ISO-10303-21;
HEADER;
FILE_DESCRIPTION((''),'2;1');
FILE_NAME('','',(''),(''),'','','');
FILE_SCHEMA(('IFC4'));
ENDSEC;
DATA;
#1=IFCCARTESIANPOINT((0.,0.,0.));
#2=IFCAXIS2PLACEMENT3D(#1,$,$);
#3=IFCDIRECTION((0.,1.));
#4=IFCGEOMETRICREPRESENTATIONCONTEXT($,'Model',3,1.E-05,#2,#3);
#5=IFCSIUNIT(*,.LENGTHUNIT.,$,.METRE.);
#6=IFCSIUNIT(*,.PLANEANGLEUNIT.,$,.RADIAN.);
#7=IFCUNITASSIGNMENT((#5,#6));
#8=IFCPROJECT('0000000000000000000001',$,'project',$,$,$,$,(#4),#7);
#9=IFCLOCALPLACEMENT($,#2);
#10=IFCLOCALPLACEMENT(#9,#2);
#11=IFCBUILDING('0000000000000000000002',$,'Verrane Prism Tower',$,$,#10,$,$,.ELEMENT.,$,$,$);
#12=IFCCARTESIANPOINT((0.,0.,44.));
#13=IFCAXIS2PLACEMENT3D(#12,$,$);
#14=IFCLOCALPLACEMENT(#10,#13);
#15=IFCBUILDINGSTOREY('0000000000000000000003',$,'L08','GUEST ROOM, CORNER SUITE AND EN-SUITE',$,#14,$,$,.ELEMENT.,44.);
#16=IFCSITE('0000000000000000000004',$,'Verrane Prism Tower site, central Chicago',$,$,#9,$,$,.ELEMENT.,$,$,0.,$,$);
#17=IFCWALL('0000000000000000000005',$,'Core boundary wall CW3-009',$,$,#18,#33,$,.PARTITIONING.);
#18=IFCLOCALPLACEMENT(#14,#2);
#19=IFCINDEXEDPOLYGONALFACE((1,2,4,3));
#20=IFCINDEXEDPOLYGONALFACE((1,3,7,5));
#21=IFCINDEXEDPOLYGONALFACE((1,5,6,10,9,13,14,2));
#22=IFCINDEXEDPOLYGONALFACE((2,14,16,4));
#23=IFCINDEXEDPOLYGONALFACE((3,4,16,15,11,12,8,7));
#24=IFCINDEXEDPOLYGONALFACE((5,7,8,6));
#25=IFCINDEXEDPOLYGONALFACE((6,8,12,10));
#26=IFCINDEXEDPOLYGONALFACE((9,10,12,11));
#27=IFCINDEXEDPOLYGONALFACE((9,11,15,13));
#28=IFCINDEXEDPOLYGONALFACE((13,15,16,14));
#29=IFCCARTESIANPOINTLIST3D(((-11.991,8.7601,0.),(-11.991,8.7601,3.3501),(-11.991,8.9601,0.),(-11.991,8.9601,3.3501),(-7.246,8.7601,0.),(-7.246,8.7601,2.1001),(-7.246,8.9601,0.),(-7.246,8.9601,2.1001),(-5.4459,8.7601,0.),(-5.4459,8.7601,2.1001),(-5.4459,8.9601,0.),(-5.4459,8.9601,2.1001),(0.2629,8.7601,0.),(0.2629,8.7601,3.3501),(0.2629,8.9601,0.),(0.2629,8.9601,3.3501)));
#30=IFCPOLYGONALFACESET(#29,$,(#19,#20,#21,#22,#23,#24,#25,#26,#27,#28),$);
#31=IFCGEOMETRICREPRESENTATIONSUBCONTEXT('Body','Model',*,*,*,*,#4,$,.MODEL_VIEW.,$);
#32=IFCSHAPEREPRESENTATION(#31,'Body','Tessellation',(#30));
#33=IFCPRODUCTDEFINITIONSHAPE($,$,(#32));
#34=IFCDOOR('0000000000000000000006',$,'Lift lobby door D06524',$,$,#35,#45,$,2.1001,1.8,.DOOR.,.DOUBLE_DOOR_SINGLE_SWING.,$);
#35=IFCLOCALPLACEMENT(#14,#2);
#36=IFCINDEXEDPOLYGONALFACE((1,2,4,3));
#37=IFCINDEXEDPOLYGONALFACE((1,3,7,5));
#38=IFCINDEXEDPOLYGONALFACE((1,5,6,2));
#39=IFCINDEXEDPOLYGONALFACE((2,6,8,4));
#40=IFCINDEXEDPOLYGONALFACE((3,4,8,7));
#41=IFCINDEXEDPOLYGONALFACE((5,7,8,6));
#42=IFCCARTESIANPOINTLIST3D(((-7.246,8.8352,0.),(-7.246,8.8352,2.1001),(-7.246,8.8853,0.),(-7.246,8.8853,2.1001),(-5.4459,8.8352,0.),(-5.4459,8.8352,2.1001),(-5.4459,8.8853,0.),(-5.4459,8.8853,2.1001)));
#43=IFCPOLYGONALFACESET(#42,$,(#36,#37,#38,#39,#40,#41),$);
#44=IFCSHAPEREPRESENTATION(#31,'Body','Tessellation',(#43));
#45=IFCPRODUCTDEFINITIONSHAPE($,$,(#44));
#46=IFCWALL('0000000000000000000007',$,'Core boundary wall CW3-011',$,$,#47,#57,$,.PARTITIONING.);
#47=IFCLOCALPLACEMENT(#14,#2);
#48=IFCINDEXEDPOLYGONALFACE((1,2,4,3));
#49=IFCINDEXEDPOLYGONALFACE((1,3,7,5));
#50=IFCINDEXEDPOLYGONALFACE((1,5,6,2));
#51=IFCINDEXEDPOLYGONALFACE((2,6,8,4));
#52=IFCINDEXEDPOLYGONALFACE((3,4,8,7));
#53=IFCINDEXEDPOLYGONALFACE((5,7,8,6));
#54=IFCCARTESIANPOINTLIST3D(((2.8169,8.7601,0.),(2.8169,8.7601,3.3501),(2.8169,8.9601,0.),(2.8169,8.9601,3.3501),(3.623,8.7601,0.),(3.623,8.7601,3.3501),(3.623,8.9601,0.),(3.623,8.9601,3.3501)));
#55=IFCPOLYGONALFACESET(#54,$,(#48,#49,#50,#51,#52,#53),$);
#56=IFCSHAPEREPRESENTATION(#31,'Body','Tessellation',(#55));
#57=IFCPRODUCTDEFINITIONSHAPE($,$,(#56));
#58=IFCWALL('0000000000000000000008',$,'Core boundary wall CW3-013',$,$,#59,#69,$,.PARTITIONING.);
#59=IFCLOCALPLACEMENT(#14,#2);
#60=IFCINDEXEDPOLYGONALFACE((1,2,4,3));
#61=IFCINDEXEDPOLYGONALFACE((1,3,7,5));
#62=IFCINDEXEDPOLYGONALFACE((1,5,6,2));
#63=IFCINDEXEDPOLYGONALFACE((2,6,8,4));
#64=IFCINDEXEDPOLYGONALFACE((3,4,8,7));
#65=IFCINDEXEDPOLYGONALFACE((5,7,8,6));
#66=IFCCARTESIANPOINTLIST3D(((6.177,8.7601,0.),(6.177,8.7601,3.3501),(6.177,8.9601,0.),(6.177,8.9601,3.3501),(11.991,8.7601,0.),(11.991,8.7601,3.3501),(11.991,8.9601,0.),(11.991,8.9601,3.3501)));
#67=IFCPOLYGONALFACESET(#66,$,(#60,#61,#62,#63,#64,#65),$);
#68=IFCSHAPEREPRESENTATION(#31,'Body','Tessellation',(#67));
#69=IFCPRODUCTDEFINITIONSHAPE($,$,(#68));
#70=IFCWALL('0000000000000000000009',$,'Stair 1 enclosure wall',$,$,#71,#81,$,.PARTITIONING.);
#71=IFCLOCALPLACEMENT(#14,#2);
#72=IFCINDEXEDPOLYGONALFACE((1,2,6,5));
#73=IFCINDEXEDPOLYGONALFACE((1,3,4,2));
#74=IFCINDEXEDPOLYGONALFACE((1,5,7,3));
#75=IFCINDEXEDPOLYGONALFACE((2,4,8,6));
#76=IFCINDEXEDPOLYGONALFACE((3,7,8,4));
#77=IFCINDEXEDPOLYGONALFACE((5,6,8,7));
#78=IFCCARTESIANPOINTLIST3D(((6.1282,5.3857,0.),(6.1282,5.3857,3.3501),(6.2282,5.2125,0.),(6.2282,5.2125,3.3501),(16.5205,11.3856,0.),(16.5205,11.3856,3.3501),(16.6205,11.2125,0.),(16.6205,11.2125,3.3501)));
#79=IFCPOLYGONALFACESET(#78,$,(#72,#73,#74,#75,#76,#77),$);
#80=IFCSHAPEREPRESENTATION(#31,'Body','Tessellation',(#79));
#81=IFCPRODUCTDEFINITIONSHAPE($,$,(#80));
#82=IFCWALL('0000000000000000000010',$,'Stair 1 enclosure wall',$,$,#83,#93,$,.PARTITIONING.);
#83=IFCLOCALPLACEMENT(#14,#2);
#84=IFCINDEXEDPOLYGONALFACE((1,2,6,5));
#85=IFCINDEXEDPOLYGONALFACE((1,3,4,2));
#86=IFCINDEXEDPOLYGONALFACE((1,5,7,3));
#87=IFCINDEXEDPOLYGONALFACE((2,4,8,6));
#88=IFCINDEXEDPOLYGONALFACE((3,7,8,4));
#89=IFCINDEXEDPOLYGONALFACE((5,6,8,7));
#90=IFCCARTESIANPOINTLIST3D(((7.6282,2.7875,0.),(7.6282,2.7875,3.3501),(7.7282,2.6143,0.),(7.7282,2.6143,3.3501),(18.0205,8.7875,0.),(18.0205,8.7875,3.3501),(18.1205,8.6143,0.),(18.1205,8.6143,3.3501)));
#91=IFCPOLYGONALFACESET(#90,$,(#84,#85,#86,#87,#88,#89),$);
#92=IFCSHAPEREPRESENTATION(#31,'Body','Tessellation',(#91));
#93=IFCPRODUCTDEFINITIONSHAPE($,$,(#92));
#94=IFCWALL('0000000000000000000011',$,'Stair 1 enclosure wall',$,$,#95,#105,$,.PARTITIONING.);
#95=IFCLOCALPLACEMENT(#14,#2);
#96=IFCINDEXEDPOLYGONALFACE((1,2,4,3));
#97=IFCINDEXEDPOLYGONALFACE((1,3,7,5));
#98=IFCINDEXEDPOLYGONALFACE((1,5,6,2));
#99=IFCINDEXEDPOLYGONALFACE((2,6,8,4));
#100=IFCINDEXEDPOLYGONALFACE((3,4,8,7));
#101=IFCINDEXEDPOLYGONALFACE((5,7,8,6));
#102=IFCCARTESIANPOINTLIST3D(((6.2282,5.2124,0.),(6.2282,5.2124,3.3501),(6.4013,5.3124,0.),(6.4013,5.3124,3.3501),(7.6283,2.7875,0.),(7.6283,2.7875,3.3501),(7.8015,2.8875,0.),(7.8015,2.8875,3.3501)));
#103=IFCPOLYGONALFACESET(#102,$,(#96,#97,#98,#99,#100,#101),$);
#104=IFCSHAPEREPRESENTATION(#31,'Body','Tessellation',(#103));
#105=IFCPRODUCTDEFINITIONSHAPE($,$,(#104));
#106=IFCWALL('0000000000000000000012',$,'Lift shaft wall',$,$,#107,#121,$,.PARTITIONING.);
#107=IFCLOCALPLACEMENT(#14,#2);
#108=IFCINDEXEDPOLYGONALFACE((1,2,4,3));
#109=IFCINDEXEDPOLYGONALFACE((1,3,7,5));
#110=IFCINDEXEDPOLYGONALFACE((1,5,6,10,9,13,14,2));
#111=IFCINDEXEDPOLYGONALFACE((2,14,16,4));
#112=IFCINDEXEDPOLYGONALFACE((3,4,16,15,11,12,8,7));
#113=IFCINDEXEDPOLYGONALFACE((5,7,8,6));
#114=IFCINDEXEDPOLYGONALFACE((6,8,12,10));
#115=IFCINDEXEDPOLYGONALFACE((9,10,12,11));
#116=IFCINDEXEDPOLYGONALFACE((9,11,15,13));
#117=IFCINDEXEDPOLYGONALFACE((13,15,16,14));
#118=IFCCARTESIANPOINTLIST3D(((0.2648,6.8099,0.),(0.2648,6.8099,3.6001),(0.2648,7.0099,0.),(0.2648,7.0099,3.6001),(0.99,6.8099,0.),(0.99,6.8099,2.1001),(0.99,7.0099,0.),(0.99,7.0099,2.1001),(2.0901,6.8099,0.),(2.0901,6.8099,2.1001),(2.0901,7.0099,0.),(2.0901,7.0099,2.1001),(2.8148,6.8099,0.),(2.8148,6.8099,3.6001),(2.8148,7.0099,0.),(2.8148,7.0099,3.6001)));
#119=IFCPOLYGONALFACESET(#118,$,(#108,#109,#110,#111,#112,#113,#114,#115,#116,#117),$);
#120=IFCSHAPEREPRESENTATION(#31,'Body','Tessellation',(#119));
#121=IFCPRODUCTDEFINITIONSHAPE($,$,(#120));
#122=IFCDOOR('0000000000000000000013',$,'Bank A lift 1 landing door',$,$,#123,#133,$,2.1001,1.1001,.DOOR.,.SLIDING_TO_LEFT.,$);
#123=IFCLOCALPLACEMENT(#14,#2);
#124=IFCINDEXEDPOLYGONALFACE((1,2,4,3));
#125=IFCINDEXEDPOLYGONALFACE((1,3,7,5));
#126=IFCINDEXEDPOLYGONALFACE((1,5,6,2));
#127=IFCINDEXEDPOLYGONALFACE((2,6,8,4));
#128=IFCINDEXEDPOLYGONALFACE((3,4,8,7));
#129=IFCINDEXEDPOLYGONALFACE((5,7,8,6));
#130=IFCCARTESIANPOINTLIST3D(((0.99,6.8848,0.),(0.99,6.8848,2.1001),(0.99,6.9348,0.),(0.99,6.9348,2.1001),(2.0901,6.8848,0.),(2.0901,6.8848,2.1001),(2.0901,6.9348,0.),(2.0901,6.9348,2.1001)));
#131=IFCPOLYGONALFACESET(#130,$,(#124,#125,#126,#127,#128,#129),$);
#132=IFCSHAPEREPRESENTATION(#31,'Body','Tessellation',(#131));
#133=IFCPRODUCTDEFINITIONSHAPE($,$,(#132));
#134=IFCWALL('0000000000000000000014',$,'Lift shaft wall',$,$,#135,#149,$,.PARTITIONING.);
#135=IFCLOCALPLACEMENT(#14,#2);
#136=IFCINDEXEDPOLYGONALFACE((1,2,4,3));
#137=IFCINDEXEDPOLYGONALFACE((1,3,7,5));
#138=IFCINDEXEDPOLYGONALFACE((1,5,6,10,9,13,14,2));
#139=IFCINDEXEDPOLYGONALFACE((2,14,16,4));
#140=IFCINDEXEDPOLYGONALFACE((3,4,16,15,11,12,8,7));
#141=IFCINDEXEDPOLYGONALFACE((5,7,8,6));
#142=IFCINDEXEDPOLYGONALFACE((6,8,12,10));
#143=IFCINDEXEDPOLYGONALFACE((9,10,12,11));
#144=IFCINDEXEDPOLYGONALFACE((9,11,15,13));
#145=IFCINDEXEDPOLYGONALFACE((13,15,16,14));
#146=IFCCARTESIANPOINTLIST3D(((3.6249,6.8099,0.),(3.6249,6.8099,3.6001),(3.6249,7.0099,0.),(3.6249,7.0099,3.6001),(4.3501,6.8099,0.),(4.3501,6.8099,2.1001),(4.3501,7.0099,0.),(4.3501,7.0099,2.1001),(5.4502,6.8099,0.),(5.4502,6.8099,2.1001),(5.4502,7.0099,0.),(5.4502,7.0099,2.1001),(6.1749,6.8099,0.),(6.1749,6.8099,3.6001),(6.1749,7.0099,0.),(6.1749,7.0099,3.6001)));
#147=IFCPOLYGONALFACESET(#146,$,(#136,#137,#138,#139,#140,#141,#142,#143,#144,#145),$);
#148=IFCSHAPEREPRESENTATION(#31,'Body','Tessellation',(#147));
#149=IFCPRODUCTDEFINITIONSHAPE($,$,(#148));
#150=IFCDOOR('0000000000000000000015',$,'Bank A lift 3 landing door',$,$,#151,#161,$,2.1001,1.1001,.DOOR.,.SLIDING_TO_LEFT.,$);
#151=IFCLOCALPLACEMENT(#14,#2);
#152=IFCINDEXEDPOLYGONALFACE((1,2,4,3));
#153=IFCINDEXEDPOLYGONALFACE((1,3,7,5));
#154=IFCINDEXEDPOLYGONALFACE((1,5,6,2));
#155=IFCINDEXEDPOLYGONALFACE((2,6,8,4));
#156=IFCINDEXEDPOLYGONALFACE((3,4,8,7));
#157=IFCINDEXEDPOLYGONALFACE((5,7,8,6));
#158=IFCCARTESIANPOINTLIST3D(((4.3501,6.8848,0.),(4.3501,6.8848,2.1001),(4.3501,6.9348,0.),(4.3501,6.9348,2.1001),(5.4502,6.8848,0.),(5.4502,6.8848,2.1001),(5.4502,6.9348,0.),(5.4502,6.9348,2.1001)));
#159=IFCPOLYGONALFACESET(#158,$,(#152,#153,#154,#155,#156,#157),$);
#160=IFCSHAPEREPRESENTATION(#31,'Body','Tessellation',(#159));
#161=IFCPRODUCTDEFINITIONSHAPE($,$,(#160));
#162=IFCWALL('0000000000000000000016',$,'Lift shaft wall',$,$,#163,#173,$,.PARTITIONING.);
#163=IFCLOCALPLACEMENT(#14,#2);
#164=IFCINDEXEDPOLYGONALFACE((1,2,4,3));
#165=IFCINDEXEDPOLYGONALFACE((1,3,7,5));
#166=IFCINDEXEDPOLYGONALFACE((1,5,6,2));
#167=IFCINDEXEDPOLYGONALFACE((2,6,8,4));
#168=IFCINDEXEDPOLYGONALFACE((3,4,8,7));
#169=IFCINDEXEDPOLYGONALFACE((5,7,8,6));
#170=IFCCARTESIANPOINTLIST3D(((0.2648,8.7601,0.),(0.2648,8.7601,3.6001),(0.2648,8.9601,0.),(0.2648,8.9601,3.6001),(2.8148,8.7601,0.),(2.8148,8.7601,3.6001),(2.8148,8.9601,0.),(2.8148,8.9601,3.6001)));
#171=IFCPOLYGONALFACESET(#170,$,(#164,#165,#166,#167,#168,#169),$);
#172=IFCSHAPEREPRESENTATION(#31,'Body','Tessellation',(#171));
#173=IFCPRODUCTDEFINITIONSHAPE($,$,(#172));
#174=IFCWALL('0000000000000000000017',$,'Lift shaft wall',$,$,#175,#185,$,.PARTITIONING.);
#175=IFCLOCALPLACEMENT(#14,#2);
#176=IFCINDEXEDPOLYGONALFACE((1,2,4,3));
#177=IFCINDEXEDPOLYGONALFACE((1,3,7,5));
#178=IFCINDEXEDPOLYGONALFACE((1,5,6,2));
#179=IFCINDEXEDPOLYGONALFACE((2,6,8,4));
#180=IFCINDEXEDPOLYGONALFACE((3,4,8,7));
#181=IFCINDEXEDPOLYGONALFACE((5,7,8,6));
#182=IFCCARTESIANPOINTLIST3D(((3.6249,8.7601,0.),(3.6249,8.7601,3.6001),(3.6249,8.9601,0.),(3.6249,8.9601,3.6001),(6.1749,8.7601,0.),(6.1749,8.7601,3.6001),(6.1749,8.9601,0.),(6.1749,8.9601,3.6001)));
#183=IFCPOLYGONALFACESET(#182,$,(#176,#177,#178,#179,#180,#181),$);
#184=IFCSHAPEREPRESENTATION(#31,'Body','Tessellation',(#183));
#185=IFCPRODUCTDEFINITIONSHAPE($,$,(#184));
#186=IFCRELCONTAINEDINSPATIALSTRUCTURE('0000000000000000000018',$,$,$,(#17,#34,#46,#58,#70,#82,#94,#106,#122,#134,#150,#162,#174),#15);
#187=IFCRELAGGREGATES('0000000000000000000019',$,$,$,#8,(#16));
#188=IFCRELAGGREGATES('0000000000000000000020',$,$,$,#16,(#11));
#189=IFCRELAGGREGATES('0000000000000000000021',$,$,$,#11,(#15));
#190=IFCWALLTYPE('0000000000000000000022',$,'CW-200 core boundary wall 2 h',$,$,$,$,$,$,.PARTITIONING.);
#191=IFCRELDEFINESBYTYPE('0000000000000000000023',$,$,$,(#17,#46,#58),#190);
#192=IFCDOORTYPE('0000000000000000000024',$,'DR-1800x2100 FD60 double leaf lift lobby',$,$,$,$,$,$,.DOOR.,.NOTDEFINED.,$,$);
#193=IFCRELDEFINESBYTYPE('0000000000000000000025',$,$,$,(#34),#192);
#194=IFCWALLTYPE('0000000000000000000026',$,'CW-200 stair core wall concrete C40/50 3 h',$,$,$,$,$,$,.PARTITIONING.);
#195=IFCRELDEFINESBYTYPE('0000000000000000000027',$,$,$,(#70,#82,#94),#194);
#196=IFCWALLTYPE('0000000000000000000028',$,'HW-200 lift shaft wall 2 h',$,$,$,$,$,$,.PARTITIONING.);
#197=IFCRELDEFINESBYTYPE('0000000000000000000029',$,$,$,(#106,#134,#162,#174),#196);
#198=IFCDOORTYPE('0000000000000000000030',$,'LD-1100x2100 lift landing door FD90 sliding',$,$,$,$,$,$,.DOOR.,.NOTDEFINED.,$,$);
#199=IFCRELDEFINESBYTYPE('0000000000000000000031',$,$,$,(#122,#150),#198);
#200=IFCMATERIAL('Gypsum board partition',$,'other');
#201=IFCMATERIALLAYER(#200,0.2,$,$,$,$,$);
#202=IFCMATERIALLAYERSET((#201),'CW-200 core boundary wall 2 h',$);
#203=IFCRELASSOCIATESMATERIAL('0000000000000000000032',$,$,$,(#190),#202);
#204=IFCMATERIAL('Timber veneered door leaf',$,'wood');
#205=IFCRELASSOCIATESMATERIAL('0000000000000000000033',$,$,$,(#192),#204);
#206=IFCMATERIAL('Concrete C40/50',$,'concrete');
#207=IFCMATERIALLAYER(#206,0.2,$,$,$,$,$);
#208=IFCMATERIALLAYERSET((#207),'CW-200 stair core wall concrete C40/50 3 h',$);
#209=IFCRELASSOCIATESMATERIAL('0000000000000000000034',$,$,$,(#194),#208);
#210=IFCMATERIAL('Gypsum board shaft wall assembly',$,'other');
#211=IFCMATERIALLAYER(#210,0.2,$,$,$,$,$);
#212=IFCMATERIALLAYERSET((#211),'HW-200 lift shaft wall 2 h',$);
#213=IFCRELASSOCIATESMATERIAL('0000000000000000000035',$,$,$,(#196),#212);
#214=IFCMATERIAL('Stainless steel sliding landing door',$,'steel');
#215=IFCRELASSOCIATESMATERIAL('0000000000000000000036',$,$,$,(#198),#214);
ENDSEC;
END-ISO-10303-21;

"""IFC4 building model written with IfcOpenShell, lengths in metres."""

from ifc_helpers import new_model, si_unit, direction, frame, frame_2d, origin, place, context, subcontext, project, spatial, rectangle, extrude, material, layer, layer_set, type_object, element, fill, save


model = new_model("IFC4")

# Units and contexts
model_context = context("Model", 3, precision=1e-05, world=origin(), true_north=direction((0.0, 1.0)))
body_context = subcontext(model_context, "Body", "Model", "MODEL_VIEW")
ifc_project = project(units=[si_unit("LENGTHUNIT", "METRE"), si_unit("PLANEANGLEUNIT", "RADIAN")], contexts=[model_context])

# Site, building, storey
site_placement = place(None, origin())
site = spatial("IfcSite", under=ifc_project, at=site_placement, Name="Verrane Prism Tower site, central Chicago", CompositionType="ELEMENT", RefElevation=0.0)
building_placement = place(site_placement, origin())
building = spatial("IfcBuilding", under=site, at=building_placement, Name="Verrane Prism Tower", CompositionType="ELEMENT")
storey_placement = place(building_placement, frame((0.0, 0.0, 44.0)))
storey = spatial("IfcBuildingStorey", under=building, at=storey_placement, Name="L08", Description="GUEST ROOM, CORNER SUITE AND EN-SUITE", CompositionType="ELEMENT", Elevation=44.0)

# Wall, opening, door
ifc_material_1 = material(Name="Gypsum board partition", Category="other")
ifc_layer_1 = layer(ifc_material_1, 0.2)
ifc_layer_set_1 = layer_set([ifc_layer_1], Name="CW-200 core boundary wall 2 h")
wall_type_1 = type_object("IfcWallType", Name="CW-200 core boundary wall 2 h", PredefinedType="PARTITIONING", material=ifc_layer_set_1)
wall_1_placement = place(storey_placement, frame((0.2629, 8.8601, 0.0), z_axis=(0.0, 0.0, 1.0), x_axis=(-1.0, 0.0, 0.0)))
wall_1 = element("IfcWall", 1, at=wall_1_placement, inside=storey, type_object=wall_type_1, Name="Core boundary wall CW3-009", PredefinedType="PARTITIONING", context=body_context, shape_type="SweptSolid", body=[
    extrude(rectangle(XDim=12.2539, YDim=0.2, at=frame_2d((6.127, 0.0))), origin(), (0.0, 0.0, 1.0), 3.3501),
])
opening_1_placement = place(wall_1_placement, frame((5.709, 0.0, 0.0)))
opening_1 = element("IfcOpeningElement", 2, at=opening_1_placement, cuts=wall_1, PredefinedType="OPENING", context=body_context, shape_type="SweptSolid", body=[
    extrude(rectangle(XDim=1.8, YDim=2.1001, at=frame_2d((0.8999, 1.05))), frame((0.0, 0.1099, 0.0), z_axis=(0.0, -1.0, 0.0), x_axis=(1.0, 0.0, 0.0)), (0.0, 0.0, 1.0), 0.22),
])
ifc_material_2 = material(Name="Timber veneered door leaf", Category="wood")
door_type_1 = type_object("IfcDoorType", Name="DR-1800x2100 FD60 double leaf lift lobby", OperationType="NOTDEFINED", PredefinedType="DOOR", material=ifc_material_2)
door_1_placement = place(opening_1_placement, origin())
door_1 = element("IfcDoor", 3, at=door_1_placement, inside=storey, type_object=door_type_1, Name="Lift lobby door D06524", OperationType="DOUBLE_DOOR_SINGLE_SWING", OverallHeight=2.1001, OverallWidth=1.8, PredefinedType="DOOR", context=body_context, shape_type="SweptSolid", body=[
    extrude(rectangle(XDim=1.8, YDim=2.1001, at=frame_2d((0.8999, 1.05))), frame((0.0, 0.0249, 0.0), z_axis=(0.0, -1.0, 0.0), x_axis=(1.0, 0.0, 0.0)), (0.0, 0.0, 1.0), 0.05),
])
fill(opening_1, door_1)

# Walls
wall_2_placement = place(storey_placement, frame((2.8169, 8.8601, 0.0), z_axis=(0.0, 0.0, 1.0), x_axis=(1.0, 0.0, 0.0)))
element("IfcWall", 4, at=wall_2_placement, inside=storey, type_object=wall_type_1, Name="Core boundary wall CW3-011", PredefinedType="PARTITIONING", context=body_context, shape_type="SweptSolid", body=[
    extrude(rectangle(XDim=0.8062, YDim=0.2, at=frame_2d((0.4031, 0.0))), origin(), (0.0, 0.0, 1.0), 3.3501),
])
wall_3_placement = place(storey_placement, frame((6.177, 8.8601, 0.0), z_axis=(0.0, 0.0, 1.0), x_axis=(1.0, 0.0, 0.0)))
element("IfcWall", 5, at=wall_3_placement, inside=storey, type_object=wall_type_1, Name="Core boundary wall CW3-013", PredefinedType="PARTITIONING", context=body_context, shape_type="SweptSolid", body=[
    extrude(rectangle(XDim=5.814, YDim=0.2, at=frame_2d((2.907, 0.0))), origin(), (0.0, 0.0, 1.0), 3.3501),
])
ifc_material_3 = material(Name="Concrete C40/50", Category="concrete")
ifc_layer_2 = layer(ifc_material_3, 0.2)
ifc_layer_set_2 = layer_set([ifc_layer_2], Name="CW-200 stair core wall concrete C40/50 3 h")
wall_type_2 = type_object("IfcWallType", Name="CW-200 stair core wall concrete C40/50 3 h", PredefinedType="PARTITIONING", material=ifc_layer_set_2)
for number, where, z_axis, x_axis, name in (
    (6, (6.1782, 5.2991, 0.0), (0.0, 0.0, 1.0), (0.866026, 0.499999, 0.0), "Stair 1 enclosure wall"),
    (7, (7.6782, 2.7009, 0.0), (0.0, 0.0, 1.0), (0.866026, 0.499999, 0.0), "Stair 1 enclosure wall"),
):
    element("IfcWall", number, at=place(storey_placement, frame(where, z_axis=z_axis, x_axis=x_axis)), inside=storey, type_object=wall_type_2, Name=name, PredefinedType="PARTITIONING", context=body_context, shape_type="SweptSolid", body=[
        extrude(rectangle(XDim=12.0, YDim=0.2, at=frame_2d((6.0, 0.0))), origin(), (0.0, 0.0, 1.0), 3.3501),
    ])
wall_4_placement = place(storey_placement, frame((7.7148, 2.8376, 0.0), z_axis=(0.0, 0.0, 1.0), x_axis=(-0.50005, 0.865997, 0.0)))
element("IfcWall", 8, at=wall_4_placement, inside=storey, type_object=wall_type_2, Name="Stair 1 enclosure wall", PredefinedType="PARTITIONING", context=body_context, shape_type="SweptSolid", body=[
    extrude(rectangle(XDim=2.8, YDim=0.2, at=frame_2d((1.3999, 0.0))), origin(), (0.0, 0.0, 1.0), 3.3501),
])

# Walls, openings, doors
ifc_material_4 = material(Name="Gypsum board shaft wall assembly", Category="other")
ifc_layer_3 = layer(ifc_material_4, 0.2)
ifc_layer_set_3 = layer_set([ifc_layer_3], Name="HW-200 lift shaft wall 2 h")
wall_type_3 = type_object("IfcWallType", Name="HW-200 lift shaft wall 2 h", PredefinedType="PARTITIONING", material=ifc_layer_set_3)
wall_5_placement = place(storey_placement, frame((0.2649, 6.9099, 0.0), z_axis=(0.0, 0.0, 1.0), x_axis=(1.0, 0.0, 0.0)))
wall_5 = element("IfcWall", 9, at=wall_5_placement, inside=storey, type_object=wall_type_3, Name="Lift shaft wall", PredefinedType="PARTITIONING", context=body_context, shape_type="SweptSolid", body=[
    extrude(rectangle(XDim=2.55, YDim=0.2, at=frame_2d((1.2749, 0.0))), origin(), (0.0, 0.0, 1.0), 3.6001),
])
opening_2_placement = place(wall_5_placement, frame((0.7251, 0.0, 0.0)))
opening_2 = element("IfcOpeningElement", 10, at=opening_2_placement, cuts=wall_5, PredefinedType="OPENING", context=body_context, shape_type="SweptSolid", body=[
    extrude(rectangle(XDim=1.1001, YDim=2.1001, at=frame_2d((0.55, 1.05))), frame((0.0, 0.1099, 0.0), z_axis=(0.0, -1.0, 0.0), x_axis=(1.0, 0.0, 0.0)), (0.0, 0.0, 1.0), 0.22),
])
ifc_material_5 = material(Name="Stainless steel sliding landing door", Category="steel")
door_type_2 = type_object("IfcDoorType", Name="LD-1100x2100 lift landing door FD90 sliding", OperationType="NOTDEFINED", PredefinedType="DOOR", material=ifc_material_5)
door_2_placement = place(opening_2_placement, origin())
door_2 = element("IfcDoor", 11, at=door_2_placement, inside=storey, type_object=door_type_2, Name="Bank A lift 1 landing door", OperationType="SLIDING_TO_LEFT", OverallHeight=2.1001, OverallWidth=1.1001, PredefinedType="DOOR", context=body_context, shape_type="SweptSolid", body=[
    extrude(rectangle(XDim=1.1001, YDim=2.1001, at=frame_2d((0.55, 1.05))), frame((0.0, 0.0249, 0.0), z_axis=(0.0, -1.0, 0.0), x_axis=(1.0, 0.0, 0.0)), (0.0, 0.0, 1.0), 0.05),
])
fill(opening_2, door_2)
wall_6_placement = place(storey_placement, frame((3.625, 6.9099, 0.0), z_axis=(0.0, 0.0, 1.0), x_axis=(1.0, 0.0, 0.0)))
wall_6 = element("IfcWall", 12, at=wall_6_placement, inside=storey, type_object=wall_type_3, Name="Lift shaft wall", PredefinedType="PARTITIONING", context=body_context, shape_type="SweptSolid", body=[
    extrude(rectangle(XDim=2.55, YDim=0.2, at=frame_2d((1.2749, 0.0))), origin(), (0.0, 0.0, 1.0), 3.6001),
])
opening_3_placement = place(wall_6_placement, frame((0.7251, 0.0, 0.0)))
opening_3 = element("IfcOpeningElement", 13, at=opening_3_placement, cuts=wall_6, PredefinedType="OPENING", context=body_context, shape_type="SweptSolid", body=[
    extrude(rectangle(XDim=1.1001, YDim=2.1001, at=frame_2d((0.55, 1.05))), frame((0.0, 0.1099, 0.0), z_axis=(0.0, -1.0, 0.0), x_axis=(1.0, 0.0, 0.0)), (0.0, 0.0, 1.0), 0.22),
])
door_3_placement = place(opening_3_placement, origin())
door_3 = element("IfcDoor", 14, at=door_3_placement, inside=storey, type_object=door_type_2, Name="Bank A lift 3 landing door", OperationType="SLIDING_TO_LEFT", OverallHeight=2.1001, OverallWidth=1.1001, PredefinedType="DOOR", context=body_context, shape_type="SweptSolid", body=[
    extrude(rectangle(XDim=1.1001, YDim=2.1001, at=frame_2d((0.55, 1.05))), frame((0.0, 0.0249, 0.0), z_axis=(0.0, -1.0, 0.0), x_axis=(1.0, 0.0, 0.0)), (0.0, 0.0, 1.0), 0.05),
])
fill(opening_3, door_3)

# Walls
for number, where, z_axis, x_axis, name in (
    (15, (0.2649, 8.8601, 0.0), (0.0, 0.0, 1.0), (1.0, 0.0, 0.0), "Lift shaft wall"),
    (16, (3.625, 8.8601, 0.0), (0.0, 0.0, 1.0), (1.0, 0.0, 0.0), "Lift shaft wall"),
):
    element("IfcWall", number, at=place(storey_placement, frame(where, z_axis=z_axis, x_axis=x_axis)), inside=storey, type_object=wall_type_3, Name=name, PredefinedType="PARTITIONING", context=body_context, shape_type="SweptSolid", body=[
        extrude(rectangle(XDim=2.55, YDim=0.2, at=frame_2d((1.2749, 0.0))), origin(), (0.0, 0.0, 1.0), 3.6001),
    ])

save(model, "model.ifc")
